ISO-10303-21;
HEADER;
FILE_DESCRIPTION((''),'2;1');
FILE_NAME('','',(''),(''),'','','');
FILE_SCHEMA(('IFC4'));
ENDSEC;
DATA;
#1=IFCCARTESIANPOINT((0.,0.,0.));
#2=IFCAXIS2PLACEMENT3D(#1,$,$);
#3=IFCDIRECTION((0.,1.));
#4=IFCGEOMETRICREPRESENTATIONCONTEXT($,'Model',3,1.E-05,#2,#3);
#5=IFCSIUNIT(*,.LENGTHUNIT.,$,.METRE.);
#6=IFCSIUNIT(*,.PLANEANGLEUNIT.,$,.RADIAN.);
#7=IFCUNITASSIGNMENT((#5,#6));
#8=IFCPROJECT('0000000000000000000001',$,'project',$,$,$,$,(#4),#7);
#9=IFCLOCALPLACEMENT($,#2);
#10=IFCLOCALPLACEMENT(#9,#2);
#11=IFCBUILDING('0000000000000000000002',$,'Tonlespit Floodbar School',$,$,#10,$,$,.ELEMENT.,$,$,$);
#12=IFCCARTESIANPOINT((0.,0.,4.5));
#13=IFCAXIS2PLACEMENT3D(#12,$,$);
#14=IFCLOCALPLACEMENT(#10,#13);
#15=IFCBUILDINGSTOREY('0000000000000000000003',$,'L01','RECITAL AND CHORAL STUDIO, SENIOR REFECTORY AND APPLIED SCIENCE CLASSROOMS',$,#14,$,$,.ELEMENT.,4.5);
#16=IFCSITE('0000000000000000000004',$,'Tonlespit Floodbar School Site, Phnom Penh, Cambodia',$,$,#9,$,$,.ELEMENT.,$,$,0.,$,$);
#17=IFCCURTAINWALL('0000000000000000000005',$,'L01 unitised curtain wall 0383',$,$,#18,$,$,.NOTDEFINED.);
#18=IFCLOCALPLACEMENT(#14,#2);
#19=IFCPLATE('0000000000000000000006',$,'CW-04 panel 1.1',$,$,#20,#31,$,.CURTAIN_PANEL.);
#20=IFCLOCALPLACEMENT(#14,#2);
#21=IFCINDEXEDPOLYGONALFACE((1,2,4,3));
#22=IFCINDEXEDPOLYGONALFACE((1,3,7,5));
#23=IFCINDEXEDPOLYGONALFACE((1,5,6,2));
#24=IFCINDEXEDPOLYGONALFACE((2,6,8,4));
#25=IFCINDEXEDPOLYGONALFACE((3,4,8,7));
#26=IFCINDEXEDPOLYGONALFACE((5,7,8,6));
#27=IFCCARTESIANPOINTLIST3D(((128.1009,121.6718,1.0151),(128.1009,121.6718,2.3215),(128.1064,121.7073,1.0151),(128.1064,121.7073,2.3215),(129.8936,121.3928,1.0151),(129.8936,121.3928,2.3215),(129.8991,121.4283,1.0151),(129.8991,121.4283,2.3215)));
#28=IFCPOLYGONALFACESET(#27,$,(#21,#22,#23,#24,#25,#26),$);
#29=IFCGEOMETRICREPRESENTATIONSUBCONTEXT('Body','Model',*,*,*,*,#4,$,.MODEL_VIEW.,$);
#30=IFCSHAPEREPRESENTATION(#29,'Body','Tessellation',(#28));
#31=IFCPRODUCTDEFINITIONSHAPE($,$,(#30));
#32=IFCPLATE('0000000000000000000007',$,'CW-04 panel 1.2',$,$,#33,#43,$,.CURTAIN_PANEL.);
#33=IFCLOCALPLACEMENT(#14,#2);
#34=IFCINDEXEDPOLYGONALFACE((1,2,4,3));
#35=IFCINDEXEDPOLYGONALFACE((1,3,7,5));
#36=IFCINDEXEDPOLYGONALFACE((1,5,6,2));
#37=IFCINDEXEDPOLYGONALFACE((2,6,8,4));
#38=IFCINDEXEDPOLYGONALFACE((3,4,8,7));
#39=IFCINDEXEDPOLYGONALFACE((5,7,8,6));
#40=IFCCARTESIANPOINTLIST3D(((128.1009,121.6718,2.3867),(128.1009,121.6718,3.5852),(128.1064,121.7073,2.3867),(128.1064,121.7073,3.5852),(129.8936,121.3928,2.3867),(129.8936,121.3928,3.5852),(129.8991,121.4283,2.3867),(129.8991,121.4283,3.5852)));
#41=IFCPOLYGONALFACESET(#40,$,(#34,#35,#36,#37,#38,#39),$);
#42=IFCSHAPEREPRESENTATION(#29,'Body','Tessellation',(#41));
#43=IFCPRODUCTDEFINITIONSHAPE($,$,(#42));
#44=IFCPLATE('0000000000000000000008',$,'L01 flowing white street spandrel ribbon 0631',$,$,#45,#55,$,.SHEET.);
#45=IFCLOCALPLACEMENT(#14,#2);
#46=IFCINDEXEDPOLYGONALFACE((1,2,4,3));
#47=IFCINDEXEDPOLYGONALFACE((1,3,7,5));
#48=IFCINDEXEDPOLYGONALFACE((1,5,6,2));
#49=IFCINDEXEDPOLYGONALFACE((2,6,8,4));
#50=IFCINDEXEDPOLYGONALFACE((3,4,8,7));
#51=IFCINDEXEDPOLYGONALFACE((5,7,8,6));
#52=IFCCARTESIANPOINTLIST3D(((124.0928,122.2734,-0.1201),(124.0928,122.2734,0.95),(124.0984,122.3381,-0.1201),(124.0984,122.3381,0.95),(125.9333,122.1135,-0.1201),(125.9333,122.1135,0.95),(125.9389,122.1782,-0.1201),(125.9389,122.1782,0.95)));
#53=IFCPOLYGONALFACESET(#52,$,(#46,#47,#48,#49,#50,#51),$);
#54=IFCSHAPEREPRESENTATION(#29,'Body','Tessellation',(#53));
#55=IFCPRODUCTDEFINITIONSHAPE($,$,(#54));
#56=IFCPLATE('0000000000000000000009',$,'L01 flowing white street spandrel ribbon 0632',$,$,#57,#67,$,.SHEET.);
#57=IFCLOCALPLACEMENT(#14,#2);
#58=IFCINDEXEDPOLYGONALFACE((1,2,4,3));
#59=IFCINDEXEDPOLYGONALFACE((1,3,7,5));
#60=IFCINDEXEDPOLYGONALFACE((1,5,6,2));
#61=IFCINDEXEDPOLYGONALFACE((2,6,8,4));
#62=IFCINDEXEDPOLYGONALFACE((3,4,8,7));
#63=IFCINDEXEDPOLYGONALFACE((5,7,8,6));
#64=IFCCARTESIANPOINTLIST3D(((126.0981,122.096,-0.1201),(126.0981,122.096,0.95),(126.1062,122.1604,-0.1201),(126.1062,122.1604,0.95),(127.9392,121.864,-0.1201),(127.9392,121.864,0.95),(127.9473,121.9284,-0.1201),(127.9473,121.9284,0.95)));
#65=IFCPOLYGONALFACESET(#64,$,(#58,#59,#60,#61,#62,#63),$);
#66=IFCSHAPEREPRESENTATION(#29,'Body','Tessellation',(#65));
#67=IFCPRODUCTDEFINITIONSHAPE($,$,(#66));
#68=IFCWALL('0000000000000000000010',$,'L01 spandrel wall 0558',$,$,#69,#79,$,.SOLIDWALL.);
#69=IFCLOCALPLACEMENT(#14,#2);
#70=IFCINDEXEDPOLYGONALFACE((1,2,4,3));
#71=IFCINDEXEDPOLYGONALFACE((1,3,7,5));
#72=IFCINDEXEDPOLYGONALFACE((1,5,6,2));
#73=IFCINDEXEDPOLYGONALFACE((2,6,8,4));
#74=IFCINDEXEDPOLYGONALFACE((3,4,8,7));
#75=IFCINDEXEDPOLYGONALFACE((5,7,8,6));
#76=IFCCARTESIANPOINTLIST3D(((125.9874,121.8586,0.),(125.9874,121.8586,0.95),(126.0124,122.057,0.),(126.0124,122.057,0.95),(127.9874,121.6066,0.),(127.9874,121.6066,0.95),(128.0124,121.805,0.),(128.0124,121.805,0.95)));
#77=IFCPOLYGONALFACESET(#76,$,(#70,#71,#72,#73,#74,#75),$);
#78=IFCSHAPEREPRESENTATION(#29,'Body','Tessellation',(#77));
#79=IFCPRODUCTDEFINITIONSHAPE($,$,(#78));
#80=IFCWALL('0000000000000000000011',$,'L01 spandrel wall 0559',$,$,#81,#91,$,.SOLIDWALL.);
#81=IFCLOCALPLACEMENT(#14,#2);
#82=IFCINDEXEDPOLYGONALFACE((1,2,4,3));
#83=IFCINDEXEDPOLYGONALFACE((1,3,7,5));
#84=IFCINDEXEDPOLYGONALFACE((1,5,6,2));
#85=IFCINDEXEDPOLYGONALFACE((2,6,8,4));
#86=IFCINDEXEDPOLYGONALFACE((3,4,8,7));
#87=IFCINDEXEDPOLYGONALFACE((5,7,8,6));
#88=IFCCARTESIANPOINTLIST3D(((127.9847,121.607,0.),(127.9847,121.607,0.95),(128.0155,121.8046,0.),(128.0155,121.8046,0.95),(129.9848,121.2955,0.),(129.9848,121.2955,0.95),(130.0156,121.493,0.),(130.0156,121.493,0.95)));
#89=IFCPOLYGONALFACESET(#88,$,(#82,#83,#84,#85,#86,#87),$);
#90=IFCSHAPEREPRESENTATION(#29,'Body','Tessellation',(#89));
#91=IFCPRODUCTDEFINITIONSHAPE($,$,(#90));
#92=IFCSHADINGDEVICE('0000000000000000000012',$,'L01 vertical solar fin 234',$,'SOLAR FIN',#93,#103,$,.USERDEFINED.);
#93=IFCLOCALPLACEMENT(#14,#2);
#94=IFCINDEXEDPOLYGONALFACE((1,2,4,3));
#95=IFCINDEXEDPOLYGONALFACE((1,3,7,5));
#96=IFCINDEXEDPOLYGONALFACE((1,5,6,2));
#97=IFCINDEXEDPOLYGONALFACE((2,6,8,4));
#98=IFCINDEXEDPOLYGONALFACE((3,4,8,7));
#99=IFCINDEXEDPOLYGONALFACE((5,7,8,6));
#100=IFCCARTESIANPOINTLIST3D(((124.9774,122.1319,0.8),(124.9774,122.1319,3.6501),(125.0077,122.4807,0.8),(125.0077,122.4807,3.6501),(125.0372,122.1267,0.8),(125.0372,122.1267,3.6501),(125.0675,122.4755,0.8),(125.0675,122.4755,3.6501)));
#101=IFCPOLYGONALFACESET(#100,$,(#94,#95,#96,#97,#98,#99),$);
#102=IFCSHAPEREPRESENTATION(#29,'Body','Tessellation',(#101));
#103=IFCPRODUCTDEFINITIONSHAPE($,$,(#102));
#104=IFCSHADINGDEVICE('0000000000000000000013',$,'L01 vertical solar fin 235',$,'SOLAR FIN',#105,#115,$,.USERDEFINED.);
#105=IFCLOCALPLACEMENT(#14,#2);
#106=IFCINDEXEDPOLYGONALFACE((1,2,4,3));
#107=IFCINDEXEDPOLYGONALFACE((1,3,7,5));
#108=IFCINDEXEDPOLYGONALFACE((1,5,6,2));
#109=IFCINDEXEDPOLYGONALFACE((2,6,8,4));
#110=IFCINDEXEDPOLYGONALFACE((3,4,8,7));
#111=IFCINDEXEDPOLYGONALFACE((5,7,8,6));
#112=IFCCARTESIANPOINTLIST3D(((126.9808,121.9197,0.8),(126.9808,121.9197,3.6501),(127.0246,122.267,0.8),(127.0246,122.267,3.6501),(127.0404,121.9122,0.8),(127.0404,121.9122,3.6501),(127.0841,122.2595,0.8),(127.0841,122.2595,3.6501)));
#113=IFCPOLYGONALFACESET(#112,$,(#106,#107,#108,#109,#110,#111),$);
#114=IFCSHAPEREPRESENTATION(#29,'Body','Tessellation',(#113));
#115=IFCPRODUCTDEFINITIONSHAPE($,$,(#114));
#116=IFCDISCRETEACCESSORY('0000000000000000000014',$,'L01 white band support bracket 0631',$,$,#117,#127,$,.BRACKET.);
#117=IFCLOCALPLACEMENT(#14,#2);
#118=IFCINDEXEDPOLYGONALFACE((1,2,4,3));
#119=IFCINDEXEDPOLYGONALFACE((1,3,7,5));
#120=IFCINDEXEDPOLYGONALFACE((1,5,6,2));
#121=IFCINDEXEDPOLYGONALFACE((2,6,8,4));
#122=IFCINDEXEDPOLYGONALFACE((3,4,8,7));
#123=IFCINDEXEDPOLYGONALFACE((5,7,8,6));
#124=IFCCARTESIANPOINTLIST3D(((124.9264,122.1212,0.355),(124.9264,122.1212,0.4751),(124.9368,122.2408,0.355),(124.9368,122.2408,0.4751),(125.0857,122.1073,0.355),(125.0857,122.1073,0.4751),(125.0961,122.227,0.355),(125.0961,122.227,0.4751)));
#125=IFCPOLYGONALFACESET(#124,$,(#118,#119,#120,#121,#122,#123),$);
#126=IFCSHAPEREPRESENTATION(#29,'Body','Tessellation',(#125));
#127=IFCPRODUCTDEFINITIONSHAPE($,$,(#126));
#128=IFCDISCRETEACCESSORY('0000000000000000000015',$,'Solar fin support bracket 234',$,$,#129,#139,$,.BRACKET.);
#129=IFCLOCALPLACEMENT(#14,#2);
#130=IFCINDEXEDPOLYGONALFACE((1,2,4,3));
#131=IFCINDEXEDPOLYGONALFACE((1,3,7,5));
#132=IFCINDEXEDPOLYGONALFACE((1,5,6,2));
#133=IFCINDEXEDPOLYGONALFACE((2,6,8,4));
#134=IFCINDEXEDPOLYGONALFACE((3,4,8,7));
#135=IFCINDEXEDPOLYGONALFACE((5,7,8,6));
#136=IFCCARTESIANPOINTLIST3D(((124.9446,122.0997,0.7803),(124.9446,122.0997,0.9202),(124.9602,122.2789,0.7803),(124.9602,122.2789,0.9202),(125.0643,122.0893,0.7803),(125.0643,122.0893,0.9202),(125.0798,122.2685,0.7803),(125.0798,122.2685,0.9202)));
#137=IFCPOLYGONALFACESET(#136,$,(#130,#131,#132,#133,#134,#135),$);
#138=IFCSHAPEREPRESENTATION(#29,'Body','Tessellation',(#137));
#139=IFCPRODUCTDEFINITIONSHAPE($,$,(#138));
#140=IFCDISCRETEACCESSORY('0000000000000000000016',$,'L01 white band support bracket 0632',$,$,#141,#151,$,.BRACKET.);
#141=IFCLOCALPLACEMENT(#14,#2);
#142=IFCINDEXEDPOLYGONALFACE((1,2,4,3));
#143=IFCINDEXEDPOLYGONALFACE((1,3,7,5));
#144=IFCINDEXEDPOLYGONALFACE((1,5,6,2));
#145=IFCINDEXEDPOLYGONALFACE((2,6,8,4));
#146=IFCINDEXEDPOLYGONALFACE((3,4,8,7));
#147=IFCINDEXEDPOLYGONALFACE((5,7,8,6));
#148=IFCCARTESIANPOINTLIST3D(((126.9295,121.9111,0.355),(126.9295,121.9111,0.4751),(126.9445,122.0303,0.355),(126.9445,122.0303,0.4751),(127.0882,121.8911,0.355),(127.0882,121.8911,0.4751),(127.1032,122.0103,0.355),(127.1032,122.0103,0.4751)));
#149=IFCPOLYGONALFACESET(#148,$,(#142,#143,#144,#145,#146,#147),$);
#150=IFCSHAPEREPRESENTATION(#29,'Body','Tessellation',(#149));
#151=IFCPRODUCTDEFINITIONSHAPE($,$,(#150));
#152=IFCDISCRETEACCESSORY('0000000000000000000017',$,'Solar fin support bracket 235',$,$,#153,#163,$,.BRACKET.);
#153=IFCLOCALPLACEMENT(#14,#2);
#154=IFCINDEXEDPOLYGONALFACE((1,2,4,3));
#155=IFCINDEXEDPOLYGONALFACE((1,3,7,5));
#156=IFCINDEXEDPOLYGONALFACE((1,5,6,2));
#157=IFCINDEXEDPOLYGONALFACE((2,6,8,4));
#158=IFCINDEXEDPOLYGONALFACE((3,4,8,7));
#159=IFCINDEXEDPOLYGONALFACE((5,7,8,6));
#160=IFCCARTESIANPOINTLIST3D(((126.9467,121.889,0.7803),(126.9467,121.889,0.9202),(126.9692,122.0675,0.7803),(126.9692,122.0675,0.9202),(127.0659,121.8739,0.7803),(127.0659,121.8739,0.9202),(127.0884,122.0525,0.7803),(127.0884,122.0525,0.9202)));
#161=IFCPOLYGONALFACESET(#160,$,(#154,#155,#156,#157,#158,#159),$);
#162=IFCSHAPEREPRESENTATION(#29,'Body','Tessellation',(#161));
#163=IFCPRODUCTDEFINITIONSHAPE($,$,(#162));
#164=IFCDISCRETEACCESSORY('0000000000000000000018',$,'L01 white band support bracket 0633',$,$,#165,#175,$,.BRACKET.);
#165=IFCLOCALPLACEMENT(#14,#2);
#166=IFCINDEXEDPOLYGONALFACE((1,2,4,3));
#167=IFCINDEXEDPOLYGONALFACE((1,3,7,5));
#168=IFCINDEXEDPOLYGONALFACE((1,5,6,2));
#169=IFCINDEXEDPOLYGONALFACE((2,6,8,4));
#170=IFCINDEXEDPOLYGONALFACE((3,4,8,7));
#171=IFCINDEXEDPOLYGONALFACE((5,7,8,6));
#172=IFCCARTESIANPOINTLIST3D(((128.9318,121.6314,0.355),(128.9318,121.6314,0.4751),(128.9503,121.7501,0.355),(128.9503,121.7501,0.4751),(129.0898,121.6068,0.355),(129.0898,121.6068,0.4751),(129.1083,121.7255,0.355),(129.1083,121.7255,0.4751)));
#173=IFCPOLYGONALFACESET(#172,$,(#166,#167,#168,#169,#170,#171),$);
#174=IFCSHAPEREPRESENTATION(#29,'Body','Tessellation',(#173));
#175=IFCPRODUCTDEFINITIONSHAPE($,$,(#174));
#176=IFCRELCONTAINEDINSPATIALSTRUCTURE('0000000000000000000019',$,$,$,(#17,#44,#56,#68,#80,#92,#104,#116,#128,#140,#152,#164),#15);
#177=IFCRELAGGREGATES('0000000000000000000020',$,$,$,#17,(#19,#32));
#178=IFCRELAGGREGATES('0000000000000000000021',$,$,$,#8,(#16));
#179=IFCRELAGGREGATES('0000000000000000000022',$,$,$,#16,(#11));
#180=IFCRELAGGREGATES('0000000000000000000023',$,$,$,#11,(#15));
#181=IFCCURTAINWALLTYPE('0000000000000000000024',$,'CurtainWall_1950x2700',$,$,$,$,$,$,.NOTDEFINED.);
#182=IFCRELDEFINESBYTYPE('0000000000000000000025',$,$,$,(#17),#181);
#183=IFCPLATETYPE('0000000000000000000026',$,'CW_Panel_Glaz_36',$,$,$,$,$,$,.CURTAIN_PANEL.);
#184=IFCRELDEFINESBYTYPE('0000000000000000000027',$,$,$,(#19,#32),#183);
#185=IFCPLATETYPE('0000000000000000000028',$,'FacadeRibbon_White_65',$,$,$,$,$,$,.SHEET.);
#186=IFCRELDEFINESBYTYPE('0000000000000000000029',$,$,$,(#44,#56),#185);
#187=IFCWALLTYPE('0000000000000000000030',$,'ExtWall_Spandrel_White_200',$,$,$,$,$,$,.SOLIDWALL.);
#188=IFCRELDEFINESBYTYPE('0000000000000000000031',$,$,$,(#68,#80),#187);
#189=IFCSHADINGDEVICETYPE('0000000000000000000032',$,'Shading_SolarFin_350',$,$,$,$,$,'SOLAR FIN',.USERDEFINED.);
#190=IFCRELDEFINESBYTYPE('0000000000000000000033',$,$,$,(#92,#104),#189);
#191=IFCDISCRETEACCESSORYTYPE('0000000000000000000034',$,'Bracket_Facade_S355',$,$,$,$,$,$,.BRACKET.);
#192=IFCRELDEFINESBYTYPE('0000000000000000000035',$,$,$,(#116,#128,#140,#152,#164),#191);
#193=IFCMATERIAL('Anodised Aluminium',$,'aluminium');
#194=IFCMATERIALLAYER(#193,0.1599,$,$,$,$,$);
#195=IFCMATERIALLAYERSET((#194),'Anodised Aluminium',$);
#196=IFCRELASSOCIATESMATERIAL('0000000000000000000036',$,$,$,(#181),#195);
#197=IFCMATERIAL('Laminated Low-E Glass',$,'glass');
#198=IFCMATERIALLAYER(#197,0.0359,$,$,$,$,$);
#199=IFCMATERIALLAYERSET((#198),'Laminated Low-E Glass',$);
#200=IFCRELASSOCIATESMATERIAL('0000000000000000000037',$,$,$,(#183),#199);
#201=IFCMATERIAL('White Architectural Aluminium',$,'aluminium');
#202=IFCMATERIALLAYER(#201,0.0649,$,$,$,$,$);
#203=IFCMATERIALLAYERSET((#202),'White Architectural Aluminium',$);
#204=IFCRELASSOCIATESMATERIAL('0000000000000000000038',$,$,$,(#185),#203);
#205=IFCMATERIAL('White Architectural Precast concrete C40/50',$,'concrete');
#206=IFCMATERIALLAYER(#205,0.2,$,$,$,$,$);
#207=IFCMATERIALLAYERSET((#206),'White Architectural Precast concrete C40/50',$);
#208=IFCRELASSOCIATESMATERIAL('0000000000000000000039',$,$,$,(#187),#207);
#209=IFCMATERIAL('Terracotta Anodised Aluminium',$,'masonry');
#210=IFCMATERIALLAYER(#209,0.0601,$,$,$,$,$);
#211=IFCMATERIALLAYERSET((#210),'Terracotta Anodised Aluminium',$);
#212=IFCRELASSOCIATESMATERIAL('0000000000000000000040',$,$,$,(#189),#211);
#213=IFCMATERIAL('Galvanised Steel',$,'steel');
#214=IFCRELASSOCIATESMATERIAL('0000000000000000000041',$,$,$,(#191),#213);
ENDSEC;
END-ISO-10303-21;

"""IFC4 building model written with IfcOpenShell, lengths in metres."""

from ifc_helpers import new_model, si_unit, direction, frame, frame_2d, origin, origin_2d, place, context, subcontext, project, spatial, rectangle, extrude, material, layer, layer_set, type_object, element, aggregate, save


model = new_model("IFC4")

# Units and contexts
model_context = context("Model", 3, precision=1e-05, world=origin(), true_north=direction((0.0, 1.0)))
body_context = subcontext(model_context, "Body", "Model", "MODEL_VIEW")
ifc_project = project(units=[si_unit("LENGTHUNIT", "METRE"), si_unit("PLANEANGLEUNIT", "RADIAN")], contexts=[model_context])

# Site, building, storey
site_placement = place(None, origin())
site = spatial("IfcSite", under=ifc_project, at=site_placement, Name="Tonlespit Floodbar School Site, Phnom Penh, Cambodia", CompositionType="ELEMENT", RefElevation=0.0)
building_placement = place(site_placement, origin())
building = spatial("IfcBuilding", under=site, at=building_placement, Name="Tonlespit Floodbar School", CompositionType="ELEMENT")
storey_placement = place(building_placement, frame((0.0, 0.0, 4.5)))
storey = spatial("IfcBuildingStorey", under=building, at=storey_placement, Name="L01", Description="RECITAL AND CHORAL STUDIO, SENIOR REFECTORY AND APPLIED SCIENCE CLASSROOMS", CompositionType="ELEMENT", Elevation=4.5)

# Shared definitions
ifc_material_1 = material(Name="Anodised Aluminium", Category="aluminium")
ifc_layer_1 = layer(ifc_material_1, 0.1599)
ifc_layer_set_1 = layer_set([ifc_layer_1], Name="Anodised Aluminium")
curtain_wall_type = type_object("IfcCurtainWallType", Name="CurtainWall_1950x2700", PredefinedType="NOTDEFINED", material=ifc_layer_set_1)

# Curtain wall
curtain_wall_1_placement = place(storey_placement, origin())
curtain_wall_1 = element("IfcCurtainWall", 1, at=curtain_wall_1_placement, inside=storey, type_object=curtain_wall_type, Name="L01 unitised curtain wall 0383", PredefinedType="NOTDEFINED")

# Plates
ifc_material_2 = material(Name="Laminated Low-E Glass", Category="glass")
ifc_layer_2 = layer(ifc_material_2, 0.0359)
ifc_layer_set_2 = layer_set([ifc_layer_2], Name="Laminated Low-E Glass")
plate_type_1 = type_object("IfcPlateType", Name="CW_Panel_Glaz_36", PredefinedType="CURTAIN_PANEL", material=ifc_layer_set_2)
plate_1_placement = place(storey_placement, frame((129.0, 121.55, 1.0151), z_axis=(0.0, 0.0, 1.0), x_axis=(0.988103, -0.153796, 0.0)))
plate_1 = element("IfcPlate", 2, at=plate_1_placement, type_object=plate_type_1, Name="CW-04 panel 1.1", PredefinedType="CURTAIN_PANEL", context=body_context, shape_type="SweptSolid", body=[
    extrude(rectangle(XDim=1.8142, YDim=0.0359, at=origin_2d()), origin(), (0.0, 0.0, 1.0), 1.3064),
])
plate_2_placement = place(storey_placement, frame((129.0, 121.55, 2.3867), z_axis=(0.0, 0.0, 1.0), x_axis=(0.988103, -0.153796, 0.0)))
plate_2 = element("IfcPlate", 3, at=plate_2_placement, type_object=plate_type_1, Name="CW-04 panel 1.2", PredefinedType="CURTAIN_PANEL", context=body_context, shape_type="SweptSolid", body=[
    extrude(rectangle(XDim=1.8142, YDim=0.0359, at=origin_2d()), origin(), (0.0, 0.0, 1.0), 1.1985),
])
aggregate(curtain_wall_1, [plate_1, plate_2])

# Plates
ifc_material_3 = material(Name="White Architectural Aluminium", Category="aluminium")
ifc_layer_3 = layer(ifc_material_3, 0.0649)
ifc_layer_set_3 = layer_set([ifc_layer_3], Name="White Architectural Aluminium")
plate_type_2 = type_object("IfcPlateType", Name="FacadeRibbon_White_65", PredefinedType="SHEET", material=ifc_layer_set_3)
plate_3_placement = place(storey_placement, frame((125.0159, 122.2258, -0.1201), z_axis=(0.0, 0.0, 1.0), x_axis=(0.996245, -0.086573, 0.0)))
element("IfcPlate", 4, at=plate_3_placement, inside=storey, type_object=plate_type_2, Name="L01 flowing white street spandrel ribbon 0631", PredefinedType="SHEET", context=body_context, shape_type="SweptSolid", body=[
    extrude(rectangle(XDim=1.8474, YDim=0.0649, at=origin_2d()), origin(), (0.0, 0.0, 1.0), 1.0701),
])
plate_4_placement = place(storey_placement, frame((127.0227, 122.0122, -0.1201), z_axis=(0.0, 0.0, 1.0), x_axis=(0.992155, -0.125011, 0.0)))
element("IfcPlate", 5, at=plate_4_placement, inside=storey, type_object=plate_type_2, Name="L01 flowing white street spandrel ribbon 0632", PredefinedType="SHEET", context=body_context, shape_type="SweptSolid", body=[
    extrude(rectangle(XDim=1.8557, YDim=0.0649, at=origin_2d()), origin(), (0.0, 0.0, 1.0), 1.0701),
])

# Walls
ifc_material_4 = material(Name="White Architectural Precast concrete C40/50", Category="concrete")
ifc_layer_4 = layer(ifc_material_4, 0.2)
ifc_layer_set_4 = layer_set([ifc_layer_4], Name="White Architectural Precast concrete C40/50")
wall_type = type_object("IfcWallType", Name="ExtWall_Spandrel_White_200", PredefinedType="SOLIDWALL", material=ifc_layer_set_4)
wall_1_placement = place(storey_placement, frame((126.0, 121.9578, 0.0), z_axis=(0.0, 0.0, 1.0), x_axis=(0.992158, -0.124989, 0.0)))
element("IfcWall", 6, at=wall_1_placement, inside=storey, type_object=wall_type, Name="L01 spandrel wall 0558", PredefinedType="SOLIDWALL", context=body_context, shape_type="SweptSolid", body=[
    extrude(rectangle(XDim=2.0159, YDim=0.2, at=frame_2d((1.0078, 0.0))), origin(), (0.0, 0.0, 1.0), 0.95),
])
wall_2_placement = place(storey_placement, frame((128.0, 121.7058, 0.0), z_axis=(0.0, 0.0, 1.0), x_axis=(0.988086, -0.153906, 0.0)))
element("IfcWall", 7, at=wall_2_placement, inside=storey, type_object=wall_type, Name="L01 spandrel wall 0559", PredefinedType="SOLIDWALL", context=body_context, shape_type="SweptSolid", body=[
    extrude(rectangle(XDim=2.0242, YDim=0.2, at=frame_2d((1.0122, 0.0))), origin(), (0.0, 0.0, 1.0), 0.95),
])

# Shading devices
ifc_material_5 = material(Name="Terracotta Anodised Aluminium", Category="masonry")
ifc_layer_5 = layer(ifc_material_5, 0.0601)
ifc_layer_set_5 = layer_set([ifc_layer_5], Name="Terracotta Anodised Aluminium")
shading_device_type = type_object("IfcShadingDeviceType", Name="Shading_SolarFin_350", ElementType="SOLAR FIN", PredefinedType="USERDEFINED", material=ifc_layer_set_5)
for number, where, z_axis, x_axis, name in (
    (8, (125.0225, 122.3037, 0.8), (0.0, 0.0, 1.0), (0.996245, -0.086573, 0.0), "L01 vertical solar fin 234"),
    (9, (127.0325, 122.0896, 0.8), (0.0, 0.0, 1.0), (0.992155, -0.125011, 0.0), "L01 vertical solar fin 235"),
):
    element("IfcShadingDevice", number, at=place(storey_placement, frame(where, z_axis=z_axis, x_axis=x_axis)), inside=storey, type_object=shading_device_type, Name=name, ObjectType="SOLAR FIN", PredefinedType="USERDEFINED", context=body_context, shape_type="SweptSolid", body=[
        extrude(rectangle(XDim=0.0601, YDim=0.3501, at=origin_2d()), origin(), (0.0, 0.0, 1.0), 2.8501),
    ])

# Discrete accessories
ifc_material_6 = material(Name="Galvanised Steel", Category="steel")
discrete_accessory_type = type_object("IfcDiscreteAccessoryType", Name="Bracket_Facade_S355", PredefinedType="BRACKET", material=ifc_material_6)
discrete_accessory_1_placement = place(storey_placement, frame((125.0112, 122.1741, 0.355), z_axis=(0.0, 0.0, 1.0), x_axis=(0.996245, -0.086573, 0.0)))
element("IfcDiscreteAccessory", 10, at=discrete_accessory_1_placement, inside=storey, type_object=discrete_accessory_type, Name="L01 white band support bracket 0631", PredefinedType="BRACKET", context=body_context, shape_type="SweptSolid", body=[
    extrude(rectangle(XDim=0.1599, YDim=0.1201, at=origin_2d()), origin(), (0.0, 0.0, 1.0), 0.1201),
])
discrete_accessory_2_placement = place(storey_placement, frame((125.0122, 122.1841, 0.7803), z_axis=(0.0, 0.0, 1.0), x_axis=(0.996245, -0.086573, 0.0)))
element("IfcDiscreteAccessory", 11, at=discrete_accessory_2_placement, inside=storey, type_object=discrete_accessory_type, Name="Solar fin support bracket 234", PredefinedType="BRACKET", context=body_context, shape_type="SweptSolid", body=[
    extrude(rectangle(XDim=0.1201, YDim=0.1799, at=origin_2d()), origin(), (0.0, 0.0, 1.0), 0.1399),
])
discrete_accessory_3_placement = place(storey_placement, frame((127.0164, 121.9607, 0.355), z_axis=(0.0, 0.0, 1.0), x_axis=(0.992155, -0.125011, 0.0)))
element("IfcDiscreteAccessory", 12, at=discrete_accessory_3_placement, inside=storey, type_object=discrete_accessory_type, Name="L01 white band support bracket 0632", PredefinedType="BRACKET", context=body_context, shape_type="SweptSolid", body=[
    extrude(rectangle(XDim=0.1599, YDim=0.1201, at=origin_2d()), origin(), (0.0, 0.0, 1.0), 0.1201),
])
discrete_accessory_4_placement = place(storey_placement, frame((127.0176, 121.9707, 0.7803), z_axis=(0.0, 0.0, 1.0), x_axis=(0.992155, -0.125011, 0.0)))
element("IfcDiscreteAccessory", 13, at=discrete_accessory_4_placement, inside=storey, type_object=discrete_accessory_type, Name="Solar fin support bracket 235", PredefinedType="BRACKET", context=body_context, shape_type="SweptSolid", body=[
    extrude(rectangle(XDim=0.1201, YDim=0.1799, at=origin_2d()), origin(), (0.0, 0.0, 1.0), 0.1399),
])
discrete_accessory_5_placement = place(storey_placement, frame((129.02, 121.6785, 0.355), z_axis=(0.0, 0.0, 1.0), x_axis=(0.988095, -0.153846, 0.0)))
element("IfcDiscreteAccessory", 14, at=discrete_accessory_5_placement, inside=storey, type_object=discrete_accessory_type, Name="L01 white band support bracket 0633", PredefinedType="BRACKET", context=body_context, shape_type="SweptSolid", body=[
    extrude(rectangle(XDim=0.1599, YDim=0.1201, at=origin_2d()), origin(), (0.0, 0.0, 1.0), 0.1201),
])

save(model, "model.ifc")
